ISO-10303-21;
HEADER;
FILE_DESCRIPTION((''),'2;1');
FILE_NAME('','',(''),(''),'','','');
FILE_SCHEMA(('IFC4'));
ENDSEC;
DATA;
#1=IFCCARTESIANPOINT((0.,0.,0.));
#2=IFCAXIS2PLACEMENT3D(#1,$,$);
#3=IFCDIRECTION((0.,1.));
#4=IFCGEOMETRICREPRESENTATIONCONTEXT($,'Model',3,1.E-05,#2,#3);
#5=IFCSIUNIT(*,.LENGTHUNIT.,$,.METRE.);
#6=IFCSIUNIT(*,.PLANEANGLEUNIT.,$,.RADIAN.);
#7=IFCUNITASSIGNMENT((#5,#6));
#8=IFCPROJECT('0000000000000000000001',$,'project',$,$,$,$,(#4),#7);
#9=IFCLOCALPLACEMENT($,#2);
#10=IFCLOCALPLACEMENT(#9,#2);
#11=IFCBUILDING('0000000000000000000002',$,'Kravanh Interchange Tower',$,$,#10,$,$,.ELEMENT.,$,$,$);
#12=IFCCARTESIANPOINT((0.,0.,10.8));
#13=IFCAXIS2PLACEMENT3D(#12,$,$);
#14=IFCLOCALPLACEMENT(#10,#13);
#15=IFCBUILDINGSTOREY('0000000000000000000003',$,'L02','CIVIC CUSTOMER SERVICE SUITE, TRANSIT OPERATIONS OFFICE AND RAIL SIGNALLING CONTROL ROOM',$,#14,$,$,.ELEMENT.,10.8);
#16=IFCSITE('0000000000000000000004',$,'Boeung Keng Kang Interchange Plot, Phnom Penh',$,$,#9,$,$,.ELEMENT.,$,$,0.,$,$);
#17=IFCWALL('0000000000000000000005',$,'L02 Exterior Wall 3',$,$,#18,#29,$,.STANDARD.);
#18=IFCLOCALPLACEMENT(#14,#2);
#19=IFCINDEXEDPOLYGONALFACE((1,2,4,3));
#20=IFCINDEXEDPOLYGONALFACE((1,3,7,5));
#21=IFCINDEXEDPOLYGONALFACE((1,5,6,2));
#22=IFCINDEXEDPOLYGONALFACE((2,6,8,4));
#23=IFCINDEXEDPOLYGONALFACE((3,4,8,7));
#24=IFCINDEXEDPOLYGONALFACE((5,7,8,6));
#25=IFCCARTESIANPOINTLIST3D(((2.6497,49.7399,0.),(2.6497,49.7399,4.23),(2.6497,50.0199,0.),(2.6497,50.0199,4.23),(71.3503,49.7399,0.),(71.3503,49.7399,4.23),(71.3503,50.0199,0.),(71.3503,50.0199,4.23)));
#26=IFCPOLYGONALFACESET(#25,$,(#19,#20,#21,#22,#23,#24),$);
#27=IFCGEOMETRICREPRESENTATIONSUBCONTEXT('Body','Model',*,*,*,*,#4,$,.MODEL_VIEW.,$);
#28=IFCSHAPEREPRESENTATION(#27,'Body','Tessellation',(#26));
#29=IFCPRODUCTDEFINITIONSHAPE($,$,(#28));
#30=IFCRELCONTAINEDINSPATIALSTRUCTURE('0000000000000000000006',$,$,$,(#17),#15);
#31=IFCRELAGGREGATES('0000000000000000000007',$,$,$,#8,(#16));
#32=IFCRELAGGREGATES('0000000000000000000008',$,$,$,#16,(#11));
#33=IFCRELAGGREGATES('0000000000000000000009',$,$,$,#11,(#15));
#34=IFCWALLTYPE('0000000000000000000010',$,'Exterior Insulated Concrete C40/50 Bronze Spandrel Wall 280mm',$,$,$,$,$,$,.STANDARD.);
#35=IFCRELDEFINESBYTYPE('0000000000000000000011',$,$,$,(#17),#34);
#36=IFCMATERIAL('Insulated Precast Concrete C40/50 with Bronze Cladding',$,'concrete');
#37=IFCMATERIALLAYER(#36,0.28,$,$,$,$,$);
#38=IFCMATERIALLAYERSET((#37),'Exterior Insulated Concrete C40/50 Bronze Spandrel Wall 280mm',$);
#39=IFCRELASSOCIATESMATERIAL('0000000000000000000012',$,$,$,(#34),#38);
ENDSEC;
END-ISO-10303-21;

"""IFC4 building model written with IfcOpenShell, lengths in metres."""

from ifc_helpers import new_model, si_unit, direction, frame, frame_2d, origin, place, context, subcontext, project, spatial, rectangle, extrude, material, layer, layer_set, type_object, element, save


model = new_model("IFC4")

# Units and contexts
model_context = context("Model", 3, precision=1e-05, world=origin(), true_north=direction((0.0, 1.0)))
body_context = subcontext(model_context, "Body", "Model", "MODEL_VIEW")
ifc_project = project(units=[si_unit("LENGTHUNIT", "METRE"), si_unit("PLANEANGLEUNIT", "RADIAN")], contexts=[model_context])

# Site, building, storey
site_placement = place(None, origin())
site = spatial("IfcSite", under=ifc_project, at=site_placement, Name="Boeung Keng Kang Interchange Plot, Phnom Penh", CompositionType="ELEMENT", RefElevation=0.0)
building_placement = place(site_placement, origin())
building = spatial("IfcBuilding", under=site, at=building_placement, Name="Kravanh Interchange Tower", CompositionType="ELEMENT")
storey_placement = place(building_placement, frame((0.0, 0.0, 10.8)))
storey = spatial("IfcBuildingStorey", under=building, at=storey_placement, Name="L02", Description="CIVIC CUSTOMER SERVICE SUITE, TRANSIT OPERATIONS OFFICE AND RAIL SIGNALLING CONTROL ROOM", CompositionType="ELEMENT", Elevation=10.8)

# Wall
ifc_material_1 = material(Name="Insulated Precast Concrete C40/50 with Bronze Cladding", Category="concrete")
ifc_layer_1 = layer(ifc_material_1, 0.28)
ifc_layer_set_1 = layer_set([ifc_layer_1], Name="Exterior Insulated Concrete C40/50 Bronze Spandrel Wall 280mm")
wall_type_1 = type_object("IfcWallType", Name="Exterior Insulated Concrete C40/50 Bronze Spandrel Wall 280mm", PredefinedType="STANDARD", material=ifc_layer_set_1)
wall_1_placement = place(storey_placement, frame((2.6497, 49.8799, 0.0), z_axis=(0.0, 0.0, 1.0), x_axis=(1.0, 0.0, 0.0)))
element("IfcWall", 1, at=wall_1_placement, inside=storey, type_object=wall_type_1, Name="L02 Exterior Wall 3", PredefinedType="STANDARD", context=body_context, shape_type="SweptSolid", body=[
    extrude(rectangle(XDim=68.7007, YDim=0.28, at=frame_2d((34.3503, 0.0))), origin(), (0.0, 0.0, 1.0), 4.23),
])

save(model, "model.ifc")
